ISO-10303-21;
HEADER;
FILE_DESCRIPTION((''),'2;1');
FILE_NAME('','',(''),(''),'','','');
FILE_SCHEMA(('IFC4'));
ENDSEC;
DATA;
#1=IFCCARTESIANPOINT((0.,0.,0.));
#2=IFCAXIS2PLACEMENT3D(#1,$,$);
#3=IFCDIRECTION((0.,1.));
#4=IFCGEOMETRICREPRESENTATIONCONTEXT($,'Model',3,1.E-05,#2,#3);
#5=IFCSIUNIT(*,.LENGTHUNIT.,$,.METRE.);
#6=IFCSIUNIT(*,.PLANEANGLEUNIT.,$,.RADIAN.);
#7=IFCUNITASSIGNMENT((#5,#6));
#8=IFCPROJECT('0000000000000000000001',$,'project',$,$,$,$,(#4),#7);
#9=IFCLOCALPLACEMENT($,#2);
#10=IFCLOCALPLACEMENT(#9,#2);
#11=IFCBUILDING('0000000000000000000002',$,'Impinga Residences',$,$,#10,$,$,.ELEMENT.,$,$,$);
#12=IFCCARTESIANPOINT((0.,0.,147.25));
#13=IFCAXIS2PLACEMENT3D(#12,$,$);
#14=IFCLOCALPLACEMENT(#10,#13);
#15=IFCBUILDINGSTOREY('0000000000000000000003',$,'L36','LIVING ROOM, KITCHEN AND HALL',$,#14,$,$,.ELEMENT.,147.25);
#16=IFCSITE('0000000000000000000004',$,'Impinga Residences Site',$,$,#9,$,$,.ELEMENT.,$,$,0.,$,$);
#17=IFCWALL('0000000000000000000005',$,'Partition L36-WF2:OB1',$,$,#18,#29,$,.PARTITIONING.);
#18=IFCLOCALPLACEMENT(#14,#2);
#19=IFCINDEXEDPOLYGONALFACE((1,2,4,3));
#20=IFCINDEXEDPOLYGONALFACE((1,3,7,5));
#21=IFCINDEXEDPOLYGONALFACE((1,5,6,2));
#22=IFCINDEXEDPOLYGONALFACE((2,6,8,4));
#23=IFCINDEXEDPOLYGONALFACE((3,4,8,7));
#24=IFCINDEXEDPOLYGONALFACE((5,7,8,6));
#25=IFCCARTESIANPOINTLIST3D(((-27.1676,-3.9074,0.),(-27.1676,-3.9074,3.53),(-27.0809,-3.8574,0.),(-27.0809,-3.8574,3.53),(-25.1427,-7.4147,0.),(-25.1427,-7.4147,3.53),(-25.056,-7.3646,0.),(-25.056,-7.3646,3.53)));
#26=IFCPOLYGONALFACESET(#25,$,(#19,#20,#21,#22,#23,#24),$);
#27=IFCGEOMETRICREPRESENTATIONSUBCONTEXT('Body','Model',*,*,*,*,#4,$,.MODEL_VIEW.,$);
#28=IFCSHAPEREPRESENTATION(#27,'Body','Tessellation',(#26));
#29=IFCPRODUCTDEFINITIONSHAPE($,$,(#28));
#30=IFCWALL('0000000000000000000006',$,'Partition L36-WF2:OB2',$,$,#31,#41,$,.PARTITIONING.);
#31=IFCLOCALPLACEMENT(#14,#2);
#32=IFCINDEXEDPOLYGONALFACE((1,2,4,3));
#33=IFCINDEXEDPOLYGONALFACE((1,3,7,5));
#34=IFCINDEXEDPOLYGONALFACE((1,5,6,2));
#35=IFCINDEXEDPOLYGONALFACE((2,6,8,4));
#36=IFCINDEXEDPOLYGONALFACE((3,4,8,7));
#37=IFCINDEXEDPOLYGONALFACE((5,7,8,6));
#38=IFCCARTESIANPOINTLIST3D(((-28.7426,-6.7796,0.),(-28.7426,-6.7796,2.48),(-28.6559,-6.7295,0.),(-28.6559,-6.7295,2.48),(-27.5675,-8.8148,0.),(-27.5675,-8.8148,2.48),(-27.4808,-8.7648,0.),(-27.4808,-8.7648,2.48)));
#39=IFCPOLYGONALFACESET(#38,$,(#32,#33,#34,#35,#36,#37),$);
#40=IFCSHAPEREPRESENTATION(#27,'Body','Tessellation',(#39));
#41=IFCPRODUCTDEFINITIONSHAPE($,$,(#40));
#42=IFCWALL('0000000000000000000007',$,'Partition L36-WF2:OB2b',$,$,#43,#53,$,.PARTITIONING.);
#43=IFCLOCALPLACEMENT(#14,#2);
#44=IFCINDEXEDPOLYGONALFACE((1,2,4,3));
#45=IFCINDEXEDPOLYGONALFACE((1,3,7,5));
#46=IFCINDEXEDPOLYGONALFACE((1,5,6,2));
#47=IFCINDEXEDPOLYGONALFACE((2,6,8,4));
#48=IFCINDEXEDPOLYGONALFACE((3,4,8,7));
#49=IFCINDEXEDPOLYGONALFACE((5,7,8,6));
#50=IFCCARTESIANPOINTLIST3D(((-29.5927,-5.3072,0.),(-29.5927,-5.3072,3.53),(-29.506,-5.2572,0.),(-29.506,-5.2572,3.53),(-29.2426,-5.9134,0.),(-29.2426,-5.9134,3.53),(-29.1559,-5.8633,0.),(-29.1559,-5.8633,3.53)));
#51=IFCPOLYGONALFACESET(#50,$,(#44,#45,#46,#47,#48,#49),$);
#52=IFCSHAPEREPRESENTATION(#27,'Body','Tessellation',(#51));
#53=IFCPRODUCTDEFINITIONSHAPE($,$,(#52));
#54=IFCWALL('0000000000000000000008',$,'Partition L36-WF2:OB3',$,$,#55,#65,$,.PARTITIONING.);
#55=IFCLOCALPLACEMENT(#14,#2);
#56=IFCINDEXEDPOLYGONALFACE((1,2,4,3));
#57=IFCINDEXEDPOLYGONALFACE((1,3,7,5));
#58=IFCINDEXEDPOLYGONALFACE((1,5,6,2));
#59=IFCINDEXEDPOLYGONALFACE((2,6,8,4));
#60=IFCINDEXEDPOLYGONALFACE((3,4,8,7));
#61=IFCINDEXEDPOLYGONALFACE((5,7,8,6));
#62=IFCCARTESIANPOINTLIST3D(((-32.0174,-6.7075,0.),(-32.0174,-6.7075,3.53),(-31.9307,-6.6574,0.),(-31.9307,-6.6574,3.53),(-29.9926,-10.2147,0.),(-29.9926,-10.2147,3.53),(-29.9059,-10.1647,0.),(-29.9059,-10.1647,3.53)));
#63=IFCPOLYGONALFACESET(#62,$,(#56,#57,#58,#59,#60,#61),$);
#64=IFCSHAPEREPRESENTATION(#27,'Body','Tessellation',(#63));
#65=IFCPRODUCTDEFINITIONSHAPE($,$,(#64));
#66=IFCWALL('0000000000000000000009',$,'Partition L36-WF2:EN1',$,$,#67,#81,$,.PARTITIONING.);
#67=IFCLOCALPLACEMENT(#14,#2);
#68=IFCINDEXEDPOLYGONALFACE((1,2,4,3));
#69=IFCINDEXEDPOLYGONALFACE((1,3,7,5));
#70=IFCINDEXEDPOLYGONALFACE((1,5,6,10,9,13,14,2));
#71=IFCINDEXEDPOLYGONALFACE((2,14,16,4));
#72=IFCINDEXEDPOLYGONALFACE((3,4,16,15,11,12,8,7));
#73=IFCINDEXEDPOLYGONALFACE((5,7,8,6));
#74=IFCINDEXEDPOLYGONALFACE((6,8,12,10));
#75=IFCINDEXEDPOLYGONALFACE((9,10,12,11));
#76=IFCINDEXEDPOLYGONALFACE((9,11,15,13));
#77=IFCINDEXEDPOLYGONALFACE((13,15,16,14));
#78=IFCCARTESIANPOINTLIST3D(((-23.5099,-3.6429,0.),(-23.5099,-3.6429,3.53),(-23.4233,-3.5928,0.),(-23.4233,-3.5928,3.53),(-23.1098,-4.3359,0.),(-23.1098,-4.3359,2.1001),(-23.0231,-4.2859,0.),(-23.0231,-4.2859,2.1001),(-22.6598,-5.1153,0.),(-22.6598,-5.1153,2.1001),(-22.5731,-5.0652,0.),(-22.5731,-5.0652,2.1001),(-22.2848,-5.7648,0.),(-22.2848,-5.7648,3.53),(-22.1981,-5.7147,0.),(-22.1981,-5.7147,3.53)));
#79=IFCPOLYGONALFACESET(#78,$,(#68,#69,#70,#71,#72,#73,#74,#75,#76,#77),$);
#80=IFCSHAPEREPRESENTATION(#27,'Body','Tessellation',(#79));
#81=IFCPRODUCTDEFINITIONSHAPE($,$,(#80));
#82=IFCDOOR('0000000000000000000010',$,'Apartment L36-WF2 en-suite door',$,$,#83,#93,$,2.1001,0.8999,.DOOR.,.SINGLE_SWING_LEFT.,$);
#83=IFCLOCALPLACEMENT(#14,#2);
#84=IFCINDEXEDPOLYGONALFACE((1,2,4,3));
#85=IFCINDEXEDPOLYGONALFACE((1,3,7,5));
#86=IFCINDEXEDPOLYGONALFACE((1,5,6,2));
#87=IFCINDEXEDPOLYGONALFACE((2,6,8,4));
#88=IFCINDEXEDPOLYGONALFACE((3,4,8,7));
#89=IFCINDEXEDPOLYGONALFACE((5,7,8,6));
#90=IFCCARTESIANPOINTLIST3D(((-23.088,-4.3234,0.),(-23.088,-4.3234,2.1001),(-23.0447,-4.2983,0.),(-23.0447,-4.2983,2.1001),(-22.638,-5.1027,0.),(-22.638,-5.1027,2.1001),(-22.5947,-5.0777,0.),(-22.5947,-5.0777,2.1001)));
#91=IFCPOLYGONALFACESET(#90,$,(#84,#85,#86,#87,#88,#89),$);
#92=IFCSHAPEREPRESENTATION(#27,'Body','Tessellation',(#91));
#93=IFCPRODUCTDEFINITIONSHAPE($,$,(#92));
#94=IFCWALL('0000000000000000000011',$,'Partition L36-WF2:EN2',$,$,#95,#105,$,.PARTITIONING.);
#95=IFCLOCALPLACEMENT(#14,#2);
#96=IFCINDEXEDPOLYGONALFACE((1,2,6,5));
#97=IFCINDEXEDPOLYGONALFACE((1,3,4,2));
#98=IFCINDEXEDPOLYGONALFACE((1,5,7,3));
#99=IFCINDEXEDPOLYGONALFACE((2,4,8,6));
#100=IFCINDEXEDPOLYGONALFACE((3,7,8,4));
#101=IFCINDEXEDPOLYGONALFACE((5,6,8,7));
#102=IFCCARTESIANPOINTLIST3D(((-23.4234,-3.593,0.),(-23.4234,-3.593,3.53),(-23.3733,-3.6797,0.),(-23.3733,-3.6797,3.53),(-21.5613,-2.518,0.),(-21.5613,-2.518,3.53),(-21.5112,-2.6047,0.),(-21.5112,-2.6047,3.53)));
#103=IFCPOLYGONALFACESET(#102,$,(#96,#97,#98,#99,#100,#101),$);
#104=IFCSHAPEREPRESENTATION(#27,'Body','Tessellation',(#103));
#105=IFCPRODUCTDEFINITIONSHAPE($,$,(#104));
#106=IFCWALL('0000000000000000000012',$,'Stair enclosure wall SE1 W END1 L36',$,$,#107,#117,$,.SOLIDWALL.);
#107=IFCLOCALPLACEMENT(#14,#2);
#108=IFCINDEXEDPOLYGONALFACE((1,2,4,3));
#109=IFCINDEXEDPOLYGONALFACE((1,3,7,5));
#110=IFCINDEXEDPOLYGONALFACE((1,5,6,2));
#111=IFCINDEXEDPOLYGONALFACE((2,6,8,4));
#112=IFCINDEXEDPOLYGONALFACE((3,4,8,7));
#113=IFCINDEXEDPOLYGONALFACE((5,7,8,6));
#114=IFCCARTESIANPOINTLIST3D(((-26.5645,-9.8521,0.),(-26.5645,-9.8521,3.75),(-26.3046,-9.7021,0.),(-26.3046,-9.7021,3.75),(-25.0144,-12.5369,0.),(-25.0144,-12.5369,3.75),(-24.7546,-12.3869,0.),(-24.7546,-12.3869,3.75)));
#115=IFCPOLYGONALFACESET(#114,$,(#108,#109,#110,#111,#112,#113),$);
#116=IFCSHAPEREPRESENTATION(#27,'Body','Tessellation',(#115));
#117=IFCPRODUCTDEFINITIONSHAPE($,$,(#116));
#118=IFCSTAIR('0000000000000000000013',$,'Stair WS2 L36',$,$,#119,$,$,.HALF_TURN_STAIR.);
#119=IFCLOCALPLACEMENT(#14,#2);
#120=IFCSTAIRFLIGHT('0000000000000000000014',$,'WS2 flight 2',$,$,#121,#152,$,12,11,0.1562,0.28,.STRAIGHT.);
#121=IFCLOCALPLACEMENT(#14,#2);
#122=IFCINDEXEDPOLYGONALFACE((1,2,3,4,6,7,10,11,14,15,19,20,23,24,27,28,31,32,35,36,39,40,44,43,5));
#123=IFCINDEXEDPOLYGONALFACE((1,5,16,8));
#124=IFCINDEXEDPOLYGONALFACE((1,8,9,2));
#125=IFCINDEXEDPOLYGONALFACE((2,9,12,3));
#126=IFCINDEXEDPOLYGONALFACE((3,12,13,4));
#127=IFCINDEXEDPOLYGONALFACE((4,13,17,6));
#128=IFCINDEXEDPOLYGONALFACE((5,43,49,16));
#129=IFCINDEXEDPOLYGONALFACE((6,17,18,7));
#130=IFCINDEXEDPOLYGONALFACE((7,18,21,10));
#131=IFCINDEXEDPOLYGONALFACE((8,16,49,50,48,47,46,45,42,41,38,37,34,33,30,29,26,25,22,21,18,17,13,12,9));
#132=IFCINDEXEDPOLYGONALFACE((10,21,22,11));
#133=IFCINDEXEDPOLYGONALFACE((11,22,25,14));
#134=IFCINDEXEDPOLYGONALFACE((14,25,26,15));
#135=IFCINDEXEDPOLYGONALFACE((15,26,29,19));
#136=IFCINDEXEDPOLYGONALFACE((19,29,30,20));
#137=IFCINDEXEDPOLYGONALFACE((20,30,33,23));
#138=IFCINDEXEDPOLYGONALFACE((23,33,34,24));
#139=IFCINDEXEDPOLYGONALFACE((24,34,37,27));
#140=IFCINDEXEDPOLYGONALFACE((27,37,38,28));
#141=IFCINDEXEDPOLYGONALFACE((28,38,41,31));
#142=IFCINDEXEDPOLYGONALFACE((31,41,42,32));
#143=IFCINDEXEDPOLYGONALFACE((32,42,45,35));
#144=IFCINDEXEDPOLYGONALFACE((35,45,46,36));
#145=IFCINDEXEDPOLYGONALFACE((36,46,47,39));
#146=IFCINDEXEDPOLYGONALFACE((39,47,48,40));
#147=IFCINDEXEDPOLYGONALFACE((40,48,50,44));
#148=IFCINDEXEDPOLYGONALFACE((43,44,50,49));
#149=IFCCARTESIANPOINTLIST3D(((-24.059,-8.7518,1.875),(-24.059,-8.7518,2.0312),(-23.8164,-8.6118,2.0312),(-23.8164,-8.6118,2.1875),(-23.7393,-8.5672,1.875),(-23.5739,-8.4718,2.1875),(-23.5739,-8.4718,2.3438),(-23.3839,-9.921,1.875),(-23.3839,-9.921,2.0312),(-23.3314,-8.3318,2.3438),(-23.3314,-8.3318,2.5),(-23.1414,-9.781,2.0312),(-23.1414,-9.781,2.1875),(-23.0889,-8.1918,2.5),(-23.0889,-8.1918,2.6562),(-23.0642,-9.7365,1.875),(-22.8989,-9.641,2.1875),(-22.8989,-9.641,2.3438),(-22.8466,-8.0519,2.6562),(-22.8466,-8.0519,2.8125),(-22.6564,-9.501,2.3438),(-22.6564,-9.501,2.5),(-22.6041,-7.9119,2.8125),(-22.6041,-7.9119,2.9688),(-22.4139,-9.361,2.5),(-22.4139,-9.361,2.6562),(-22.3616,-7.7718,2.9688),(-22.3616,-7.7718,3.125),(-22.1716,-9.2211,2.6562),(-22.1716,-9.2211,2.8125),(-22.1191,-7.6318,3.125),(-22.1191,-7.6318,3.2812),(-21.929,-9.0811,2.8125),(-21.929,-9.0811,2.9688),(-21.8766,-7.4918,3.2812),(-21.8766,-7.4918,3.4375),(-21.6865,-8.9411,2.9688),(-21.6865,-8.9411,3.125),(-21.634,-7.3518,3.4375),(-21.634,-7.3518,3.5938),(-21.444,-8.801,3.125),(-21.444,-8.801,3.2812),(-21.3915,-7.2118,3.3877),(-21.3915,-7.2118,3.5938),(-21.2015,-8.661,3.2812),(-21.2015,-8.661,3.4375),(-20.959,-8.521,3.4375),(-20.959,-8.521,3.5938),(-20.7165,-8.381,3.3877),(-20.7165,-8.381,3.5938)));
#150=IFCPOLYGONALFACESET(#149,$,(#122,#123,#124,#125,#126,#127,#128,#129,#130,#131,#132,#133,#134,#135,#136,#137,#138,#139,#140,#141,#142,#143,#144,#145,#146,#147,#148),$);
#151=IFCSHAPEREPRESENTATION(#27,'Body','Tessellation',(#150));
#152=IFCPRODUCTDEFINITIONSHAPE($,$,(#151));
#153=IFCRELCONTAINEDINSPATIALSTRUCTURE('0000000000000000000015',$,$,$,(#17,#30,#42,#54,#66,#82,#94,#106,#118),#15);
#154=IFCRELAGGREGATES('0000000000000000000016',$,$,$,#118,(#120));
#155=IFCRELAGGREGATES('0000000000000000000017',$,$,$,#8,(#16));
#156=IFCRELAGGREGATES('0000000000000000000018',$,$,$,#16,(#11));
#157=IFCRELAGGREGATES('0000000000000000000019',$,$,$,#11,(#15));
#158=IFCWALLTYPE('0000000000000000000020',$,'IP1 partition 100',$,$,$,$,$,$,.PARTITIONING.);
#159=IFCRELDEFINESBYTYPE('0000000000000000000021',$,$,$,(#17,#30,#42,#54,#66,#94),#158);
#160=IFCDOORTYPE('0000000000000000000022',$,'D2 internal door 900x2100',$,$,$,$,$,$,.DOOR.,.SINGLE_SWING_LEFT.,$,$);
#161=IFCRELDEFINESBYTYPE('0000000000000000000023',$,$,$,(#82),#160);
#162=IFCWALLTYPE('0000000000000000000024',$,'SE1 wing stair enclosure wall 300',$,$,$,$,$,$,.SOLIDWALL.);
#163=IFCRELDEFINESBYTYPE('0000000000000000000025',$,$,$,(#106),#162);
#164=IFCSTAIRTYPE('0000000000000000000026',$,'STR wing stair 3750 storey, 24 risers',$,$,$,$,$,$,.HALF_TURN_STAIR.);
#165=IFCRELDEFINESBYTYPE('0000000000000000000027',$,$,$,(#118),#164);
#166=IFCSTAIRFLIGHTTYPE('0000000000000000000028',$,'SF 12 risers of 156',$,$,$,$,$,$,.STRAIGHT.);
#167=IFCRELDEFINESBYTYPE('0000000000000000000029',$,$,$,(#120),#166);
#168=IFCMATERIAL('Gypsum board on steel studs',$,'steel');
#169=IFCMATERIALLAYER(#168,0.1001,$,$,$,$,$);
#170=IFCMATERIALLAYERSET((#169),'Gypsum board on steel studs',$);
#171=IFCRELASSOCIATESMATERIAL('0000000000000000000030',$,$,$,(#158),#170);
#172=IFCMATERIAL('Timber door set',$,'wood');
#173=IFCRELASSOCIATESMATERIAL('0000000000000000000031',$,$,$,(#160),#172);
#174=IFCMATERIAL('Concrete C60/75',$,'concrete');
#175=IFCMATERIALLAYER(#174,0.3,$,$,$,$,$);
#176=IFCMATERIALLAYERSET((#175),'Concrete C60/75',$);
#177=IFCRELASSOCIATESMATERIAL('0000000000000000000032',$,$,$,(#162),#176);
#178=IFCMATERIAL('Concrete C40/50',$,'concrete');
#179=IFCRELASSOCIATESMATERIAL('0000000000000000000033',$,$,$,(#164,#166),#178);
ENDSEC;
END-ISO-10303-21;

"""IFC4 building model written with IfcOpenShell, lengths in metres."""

from ifc_helpers import new_model, si_unit, direction, frame, frame_2d, origin, place, context, subcontext, project, spatial, polyline, rectangle, outline, extrude, material, layer, layer_set, type_object, element, fill, aggregate, save


model = new_model("IFC4")

# Units and contexts
model_context = context("Model", 3, precision=1e-05, world=origin(), true_north=direction((0.0, 1.0)))
body_context = subcontext(model_context, "Body", "Model", "MODEL_VIEW")
ifc_project = project(units=[si_unit("LENGTHUNIT", "METRE"), si_unit("PLANEANGLEUNIT", "RADIAN")], contexts=[model_context])

# Site, building, storey
site_placement = place(None, origin())
site = spatial("IfcSite", under=ifc_project, at=site_placement, Name="Impinga Residences Site", CompositionType="ELEMENT", RefElevation=0.0)
building_placement = place(site_placement, origin())
building = spatial("IfcBuilding", under=site, at=building_placement, Name="Impinga Residences", CompositionType="ELEMENT")
storey_placement = place(building_placement, frame((0.0, 0.0, 147.25)))
storey = spatial("IfcBuildingStorey", under=building, at=storey_placement, Name="L36", Description="LIVING ROOM, KITCHEN AND HALL", CompositionType="ELEMENT", Elevation=147.25)

# Shared definitions
ifc_material_1 = material(Name="Concrete C60/75", Category="concrete")

# Walls
ifc_material_2 = material(Name="Gypsum board on steel studs", Category="steel")
ifc_layer_1 = layer(ifc_material_2, 0.1001)
ifc_layer_set_1 = layer_set([ifc_layer_1], Name="Gypsum board on steel studs")
wall_type_1 = type_object("IfcWallType", Name="IP1 partition 100", PredefinedType="PARTITIONING", material=ifc_layer_set_1)
wall_1_placement = place(storey_placement, frame((-25.0994, -7.3896, 0.0), z_axis=(0.0, 0.0, 1.0), x_axis=(-0.49999, 0.866031, 0.0)))
element("IfcWall", 1, at=wall_1_placement, inside=storey, type_object=wall_type_1, Name="Partition L36-WF2:OB1", PredefinedType="PARTITIONING", context=body_context, shape_type="SweptSolid", body=[
    extrude(rectangle(XDim=4.0498, YDim=0.1001, at=frame_2d((2.0249, 0.0))), origin(), (0.0, 0.0, 1.0), 3.53),
])
wall_2_placement = place(storey_placement, frame((-27.5242, -8.7898, 0.0), z_axis=(0.0, 0.0, 1.0), x_axis=(-0.500016, 0.866016, 0.0)))
element("IfcWall", 2, at=wall_2_placement, inside=storey, type_object=wall_type_1, Name="Partition L36-WF2:OB2", PredefinedType="PARTITIONING", context=body_context, shape_type="SweptSolid", body=[
    extrude(rectangle(XDim=2.3501, YDim=0.1001, at=frame_2d((1.175, 0.0))), origin(), (0.0, 0.0, 1.0), 2.48),
])
wall_3_placement = place(storey_placement, frame((-29.1992, -5.8884, 0.0), z_axis=(0.0, 0.0, 1.0), x_axis=(-0.500115, 0.865959, 0.0)))
element("IfcWall", 3, at=wall_3_placement, inside=storey, type_object=wall_type_1, Name="Partition L36-WF2:OB2b", PredefinedType="PARTITIONING", context=body_context, shape_type="SweptSolid", body=[
    extrude(rectangle(XDim=0.7, YDim=0.1001, at=frame_2d((0.3501, 0.0))), origin(), (0.0, 0.0, 1.0), 3.53),
])
wall_4_placement = place(storey_placement, frame((-29.9492, -10.1897, 0.0), z_axis=(0.0, 0.0, 1.0), x_axis=(-0.49999, 0.866031, 0.0)))
element("IfcWall", 4, at=wall_4_placement, inside=storey, type_object=wall_type_1, Name="Partition L36-WF2:OB3", PredefinedType="PARTITIONING", context=body_context, shape_type="SweptSolid", body=[
    extrude(rectangle(XDim=4.0498, YDim=0.1001, at=frame_2d((2.0249, 0.0))), origin(), (0.0, 0.0, 1.0), 3.53),
])

# Wall, opening, door
wall_5_placement = place(storey_placement, frame((-22.2415, -5.7397, 0.0), z_axis=(0.0, 0.0, 1.0), x_axis=(-0.500019, 0.866015, 0.0)))
wall_5 = element("IfcWall", 5, at=wall_5_placement, inside=storey, type_object=wall_type_1, Name="Partition L36-WF2:EN1", PredefinedType="PARTITIONING", context=body_context, shape_type="SweptSolid", body=[
    extrude(rectangle(XDim=2.4502, YDim=0.1001, at=frame_2d((1.2251, 0.0))), origin(), (0.0, 0.0, 1.0), 3.53),
])
opening_1_placement = place(wall_5_placement, frame((0.75, 0.0, 0.0)))
opening_1 = element("IfcOpeningElement", 6, at=opening_1_placement, cuts=wall_5, PredefinedType="OPENING", context=body_context, shape_type="SweptSolid", body=[
    extrude(rectangle(XDim=0.8999, YDim=2.1001, at=frame_2d((0.45, 1.05))), frame((0.0, 0.0601, 0.0), z_axis=(0.0, -1.0, 0.0), x_axis=(1.0, 0.0, 0.0)), (0.0, 0.0, 1.0), 0.1201),
])
ifc_material_3 = material(Name="Timber door set", Category="wood")
door_type = type_object("IfcDoorType", Name="D2 internal door 900x2100", OperationType="SINGLE_SWING_LEFT", PredefinedType="DOOR", material=ifc_material_3)
door_placement = place(opening_1_placement, origin())
door = element("IfcDoor", 7, at=door_placement, inside=storey, type_object=door_type, Name="Apartment L36-WF2 en-suite door", OperationType="SINGLE_SWING_LEFT", OverallHeight=2.1001, OverallWidth=0.8999, PredefinedType="DOOR", context=body_context, shape_type="SweptSolid", body=[
    extrude(rectangle(XDim=0.8999, YDim=2.1001, at=frame_2d((0.45, 1.05))), frame((0.0, 0.0249, 0.0), z_axis=(0.0, -1.0, 0.0), x_axis=(1.0, 0.0, 0.0)), (0.0, 0.0, 1.0), 0.05),
])
fill(opening_1, door)

# Walls
wall_6_placement = place(storey_placement, frame((-21.5361, -2.5613, 0.0), z_axis=(0.0, 0.0, 1.0), x_axis=(-0.866048, -0.499962, 0.0)))
element("IfcWall", 8, at=wall_6_placement, inside=storey, type_object=wall_type_1, Name="Partition L36-WF2:EN2", PredefinedType="PARTITIONING", context=body_context, shape_type="SweptSolid", body=[
    extrude(rectangle(XDim=2.1501, YDim=0.1001, at=frame_2d((1.0752, 0.0))), origin(), (0.0, 0.0, 1.0), 3.53),
])
ifc_layer_2 = layer(ifc_material_1, 0.3)
ifc_layer_set_2 = layer_set([ifc_layer_2], Name="Concrete C60/75")
wall_type_2 = type_object("IfcWallType", Name="SE1 wing stair enclosure wall 300", PredefinedType="SOLIDWALL", material=ifc_layer_set_2)
wall_7_placement = place(storey_placement, frame((-24.8845, -12.4619, 0.0), z_axis=(0.0, 0.0, 1.0), x_axis=(-0.499993, 0.86603, 0.0)))
element("IfcWall", 9, at=wall_7_placement, inside=storey, type_object=wall_type_2, Name="Stair enclosure wall SE1 W END1 L36", PredefinedType="SOLIDWALL", context=body_context, shape_type="SweptSolid", body=[
    extrude(rectangle(XDim=3.1001, YDim=0.3, at=frame_2d((1.55, 0.0))), origin(), (0.0, 0.0, 1.0), 3.75),
])

# Stair, stair flight
ifc_material_4 = material(Name="Concrete C40/50", Category="concrete")
stair_type = type_object("IfcStairType", Name="STR wing stair 3750 storey, 24 risers", PredefinedType="HALF_TURN_STAIR", material=ifc_material_4)
stair_placement = place(storey_placement, origin())
stair = element("IfcStair", 10, at=stair_placement, inside=storey, type_object=stair_type, Name="Stair WS2 L36", PredefinedType="HALF_TURN_STAIR")
stair_flight_type = type_object("IfcStairFlightType", Name="SF 12 risers of 156", PredefinedType="STRAIGHT", material=ifc_material_4)
stair_flight_placement = place(storey_placement, frame((-23.7214, -9.3364, 1.875), z_axis=(0.0, 0.0, 1.0), x_axis=(0.866025, 0.5, 0.0)))
stair_flight = element("IfcStairFlight", 11, at=stair_flight_placement, type_object=stair_flight_type, Name="WS2 flight 2", NumberOfRisers=12, NumberOfTreads=11, PredefinedType="STRAIGHT", RiserHeight=0.1562, TreadLength=0.28, context=body_context, shape_type="SweptSolid", body=[
    extrude(outline(polyline([(0.0, 0.0), (0.0, 0.1562), (0.28, 0.1562), (0.28, 0.3125), (0.5601, 0.3125), (0.5601, 0.4688), (0.8401, 0.4688), (0.8401, 0.625), (1.1201, 0.625), (1.1201, 0.7812), (1.3999, 0.7812), (1.3999, 0.9375), (1.6799, 0.9375), (1.6799, 1.0938), (1.96, 1.0938), (1.96, 1.25), (2.24, 1.25), (2.24, 1.4062), (2.52, 1.4062), (2.52, 1.5625), (2.8, 1.5625), (2.8, 1.7188), (3.0801, 1.7188), (3.0801, 1.875), (3.0801, 1.5127), (0.3691, 0.0), (0.0, 0.0)])), frame((0.0, 0.675, 0.0), z_axis=(0.0, -1.0, 0.0), x_axis=(1.0, 0.0, 0.0)), (0.0, 0.0, 1.0), 1.3501),
])
aggregate(stair, [stair_flight])

save(model, "model.ifc")
